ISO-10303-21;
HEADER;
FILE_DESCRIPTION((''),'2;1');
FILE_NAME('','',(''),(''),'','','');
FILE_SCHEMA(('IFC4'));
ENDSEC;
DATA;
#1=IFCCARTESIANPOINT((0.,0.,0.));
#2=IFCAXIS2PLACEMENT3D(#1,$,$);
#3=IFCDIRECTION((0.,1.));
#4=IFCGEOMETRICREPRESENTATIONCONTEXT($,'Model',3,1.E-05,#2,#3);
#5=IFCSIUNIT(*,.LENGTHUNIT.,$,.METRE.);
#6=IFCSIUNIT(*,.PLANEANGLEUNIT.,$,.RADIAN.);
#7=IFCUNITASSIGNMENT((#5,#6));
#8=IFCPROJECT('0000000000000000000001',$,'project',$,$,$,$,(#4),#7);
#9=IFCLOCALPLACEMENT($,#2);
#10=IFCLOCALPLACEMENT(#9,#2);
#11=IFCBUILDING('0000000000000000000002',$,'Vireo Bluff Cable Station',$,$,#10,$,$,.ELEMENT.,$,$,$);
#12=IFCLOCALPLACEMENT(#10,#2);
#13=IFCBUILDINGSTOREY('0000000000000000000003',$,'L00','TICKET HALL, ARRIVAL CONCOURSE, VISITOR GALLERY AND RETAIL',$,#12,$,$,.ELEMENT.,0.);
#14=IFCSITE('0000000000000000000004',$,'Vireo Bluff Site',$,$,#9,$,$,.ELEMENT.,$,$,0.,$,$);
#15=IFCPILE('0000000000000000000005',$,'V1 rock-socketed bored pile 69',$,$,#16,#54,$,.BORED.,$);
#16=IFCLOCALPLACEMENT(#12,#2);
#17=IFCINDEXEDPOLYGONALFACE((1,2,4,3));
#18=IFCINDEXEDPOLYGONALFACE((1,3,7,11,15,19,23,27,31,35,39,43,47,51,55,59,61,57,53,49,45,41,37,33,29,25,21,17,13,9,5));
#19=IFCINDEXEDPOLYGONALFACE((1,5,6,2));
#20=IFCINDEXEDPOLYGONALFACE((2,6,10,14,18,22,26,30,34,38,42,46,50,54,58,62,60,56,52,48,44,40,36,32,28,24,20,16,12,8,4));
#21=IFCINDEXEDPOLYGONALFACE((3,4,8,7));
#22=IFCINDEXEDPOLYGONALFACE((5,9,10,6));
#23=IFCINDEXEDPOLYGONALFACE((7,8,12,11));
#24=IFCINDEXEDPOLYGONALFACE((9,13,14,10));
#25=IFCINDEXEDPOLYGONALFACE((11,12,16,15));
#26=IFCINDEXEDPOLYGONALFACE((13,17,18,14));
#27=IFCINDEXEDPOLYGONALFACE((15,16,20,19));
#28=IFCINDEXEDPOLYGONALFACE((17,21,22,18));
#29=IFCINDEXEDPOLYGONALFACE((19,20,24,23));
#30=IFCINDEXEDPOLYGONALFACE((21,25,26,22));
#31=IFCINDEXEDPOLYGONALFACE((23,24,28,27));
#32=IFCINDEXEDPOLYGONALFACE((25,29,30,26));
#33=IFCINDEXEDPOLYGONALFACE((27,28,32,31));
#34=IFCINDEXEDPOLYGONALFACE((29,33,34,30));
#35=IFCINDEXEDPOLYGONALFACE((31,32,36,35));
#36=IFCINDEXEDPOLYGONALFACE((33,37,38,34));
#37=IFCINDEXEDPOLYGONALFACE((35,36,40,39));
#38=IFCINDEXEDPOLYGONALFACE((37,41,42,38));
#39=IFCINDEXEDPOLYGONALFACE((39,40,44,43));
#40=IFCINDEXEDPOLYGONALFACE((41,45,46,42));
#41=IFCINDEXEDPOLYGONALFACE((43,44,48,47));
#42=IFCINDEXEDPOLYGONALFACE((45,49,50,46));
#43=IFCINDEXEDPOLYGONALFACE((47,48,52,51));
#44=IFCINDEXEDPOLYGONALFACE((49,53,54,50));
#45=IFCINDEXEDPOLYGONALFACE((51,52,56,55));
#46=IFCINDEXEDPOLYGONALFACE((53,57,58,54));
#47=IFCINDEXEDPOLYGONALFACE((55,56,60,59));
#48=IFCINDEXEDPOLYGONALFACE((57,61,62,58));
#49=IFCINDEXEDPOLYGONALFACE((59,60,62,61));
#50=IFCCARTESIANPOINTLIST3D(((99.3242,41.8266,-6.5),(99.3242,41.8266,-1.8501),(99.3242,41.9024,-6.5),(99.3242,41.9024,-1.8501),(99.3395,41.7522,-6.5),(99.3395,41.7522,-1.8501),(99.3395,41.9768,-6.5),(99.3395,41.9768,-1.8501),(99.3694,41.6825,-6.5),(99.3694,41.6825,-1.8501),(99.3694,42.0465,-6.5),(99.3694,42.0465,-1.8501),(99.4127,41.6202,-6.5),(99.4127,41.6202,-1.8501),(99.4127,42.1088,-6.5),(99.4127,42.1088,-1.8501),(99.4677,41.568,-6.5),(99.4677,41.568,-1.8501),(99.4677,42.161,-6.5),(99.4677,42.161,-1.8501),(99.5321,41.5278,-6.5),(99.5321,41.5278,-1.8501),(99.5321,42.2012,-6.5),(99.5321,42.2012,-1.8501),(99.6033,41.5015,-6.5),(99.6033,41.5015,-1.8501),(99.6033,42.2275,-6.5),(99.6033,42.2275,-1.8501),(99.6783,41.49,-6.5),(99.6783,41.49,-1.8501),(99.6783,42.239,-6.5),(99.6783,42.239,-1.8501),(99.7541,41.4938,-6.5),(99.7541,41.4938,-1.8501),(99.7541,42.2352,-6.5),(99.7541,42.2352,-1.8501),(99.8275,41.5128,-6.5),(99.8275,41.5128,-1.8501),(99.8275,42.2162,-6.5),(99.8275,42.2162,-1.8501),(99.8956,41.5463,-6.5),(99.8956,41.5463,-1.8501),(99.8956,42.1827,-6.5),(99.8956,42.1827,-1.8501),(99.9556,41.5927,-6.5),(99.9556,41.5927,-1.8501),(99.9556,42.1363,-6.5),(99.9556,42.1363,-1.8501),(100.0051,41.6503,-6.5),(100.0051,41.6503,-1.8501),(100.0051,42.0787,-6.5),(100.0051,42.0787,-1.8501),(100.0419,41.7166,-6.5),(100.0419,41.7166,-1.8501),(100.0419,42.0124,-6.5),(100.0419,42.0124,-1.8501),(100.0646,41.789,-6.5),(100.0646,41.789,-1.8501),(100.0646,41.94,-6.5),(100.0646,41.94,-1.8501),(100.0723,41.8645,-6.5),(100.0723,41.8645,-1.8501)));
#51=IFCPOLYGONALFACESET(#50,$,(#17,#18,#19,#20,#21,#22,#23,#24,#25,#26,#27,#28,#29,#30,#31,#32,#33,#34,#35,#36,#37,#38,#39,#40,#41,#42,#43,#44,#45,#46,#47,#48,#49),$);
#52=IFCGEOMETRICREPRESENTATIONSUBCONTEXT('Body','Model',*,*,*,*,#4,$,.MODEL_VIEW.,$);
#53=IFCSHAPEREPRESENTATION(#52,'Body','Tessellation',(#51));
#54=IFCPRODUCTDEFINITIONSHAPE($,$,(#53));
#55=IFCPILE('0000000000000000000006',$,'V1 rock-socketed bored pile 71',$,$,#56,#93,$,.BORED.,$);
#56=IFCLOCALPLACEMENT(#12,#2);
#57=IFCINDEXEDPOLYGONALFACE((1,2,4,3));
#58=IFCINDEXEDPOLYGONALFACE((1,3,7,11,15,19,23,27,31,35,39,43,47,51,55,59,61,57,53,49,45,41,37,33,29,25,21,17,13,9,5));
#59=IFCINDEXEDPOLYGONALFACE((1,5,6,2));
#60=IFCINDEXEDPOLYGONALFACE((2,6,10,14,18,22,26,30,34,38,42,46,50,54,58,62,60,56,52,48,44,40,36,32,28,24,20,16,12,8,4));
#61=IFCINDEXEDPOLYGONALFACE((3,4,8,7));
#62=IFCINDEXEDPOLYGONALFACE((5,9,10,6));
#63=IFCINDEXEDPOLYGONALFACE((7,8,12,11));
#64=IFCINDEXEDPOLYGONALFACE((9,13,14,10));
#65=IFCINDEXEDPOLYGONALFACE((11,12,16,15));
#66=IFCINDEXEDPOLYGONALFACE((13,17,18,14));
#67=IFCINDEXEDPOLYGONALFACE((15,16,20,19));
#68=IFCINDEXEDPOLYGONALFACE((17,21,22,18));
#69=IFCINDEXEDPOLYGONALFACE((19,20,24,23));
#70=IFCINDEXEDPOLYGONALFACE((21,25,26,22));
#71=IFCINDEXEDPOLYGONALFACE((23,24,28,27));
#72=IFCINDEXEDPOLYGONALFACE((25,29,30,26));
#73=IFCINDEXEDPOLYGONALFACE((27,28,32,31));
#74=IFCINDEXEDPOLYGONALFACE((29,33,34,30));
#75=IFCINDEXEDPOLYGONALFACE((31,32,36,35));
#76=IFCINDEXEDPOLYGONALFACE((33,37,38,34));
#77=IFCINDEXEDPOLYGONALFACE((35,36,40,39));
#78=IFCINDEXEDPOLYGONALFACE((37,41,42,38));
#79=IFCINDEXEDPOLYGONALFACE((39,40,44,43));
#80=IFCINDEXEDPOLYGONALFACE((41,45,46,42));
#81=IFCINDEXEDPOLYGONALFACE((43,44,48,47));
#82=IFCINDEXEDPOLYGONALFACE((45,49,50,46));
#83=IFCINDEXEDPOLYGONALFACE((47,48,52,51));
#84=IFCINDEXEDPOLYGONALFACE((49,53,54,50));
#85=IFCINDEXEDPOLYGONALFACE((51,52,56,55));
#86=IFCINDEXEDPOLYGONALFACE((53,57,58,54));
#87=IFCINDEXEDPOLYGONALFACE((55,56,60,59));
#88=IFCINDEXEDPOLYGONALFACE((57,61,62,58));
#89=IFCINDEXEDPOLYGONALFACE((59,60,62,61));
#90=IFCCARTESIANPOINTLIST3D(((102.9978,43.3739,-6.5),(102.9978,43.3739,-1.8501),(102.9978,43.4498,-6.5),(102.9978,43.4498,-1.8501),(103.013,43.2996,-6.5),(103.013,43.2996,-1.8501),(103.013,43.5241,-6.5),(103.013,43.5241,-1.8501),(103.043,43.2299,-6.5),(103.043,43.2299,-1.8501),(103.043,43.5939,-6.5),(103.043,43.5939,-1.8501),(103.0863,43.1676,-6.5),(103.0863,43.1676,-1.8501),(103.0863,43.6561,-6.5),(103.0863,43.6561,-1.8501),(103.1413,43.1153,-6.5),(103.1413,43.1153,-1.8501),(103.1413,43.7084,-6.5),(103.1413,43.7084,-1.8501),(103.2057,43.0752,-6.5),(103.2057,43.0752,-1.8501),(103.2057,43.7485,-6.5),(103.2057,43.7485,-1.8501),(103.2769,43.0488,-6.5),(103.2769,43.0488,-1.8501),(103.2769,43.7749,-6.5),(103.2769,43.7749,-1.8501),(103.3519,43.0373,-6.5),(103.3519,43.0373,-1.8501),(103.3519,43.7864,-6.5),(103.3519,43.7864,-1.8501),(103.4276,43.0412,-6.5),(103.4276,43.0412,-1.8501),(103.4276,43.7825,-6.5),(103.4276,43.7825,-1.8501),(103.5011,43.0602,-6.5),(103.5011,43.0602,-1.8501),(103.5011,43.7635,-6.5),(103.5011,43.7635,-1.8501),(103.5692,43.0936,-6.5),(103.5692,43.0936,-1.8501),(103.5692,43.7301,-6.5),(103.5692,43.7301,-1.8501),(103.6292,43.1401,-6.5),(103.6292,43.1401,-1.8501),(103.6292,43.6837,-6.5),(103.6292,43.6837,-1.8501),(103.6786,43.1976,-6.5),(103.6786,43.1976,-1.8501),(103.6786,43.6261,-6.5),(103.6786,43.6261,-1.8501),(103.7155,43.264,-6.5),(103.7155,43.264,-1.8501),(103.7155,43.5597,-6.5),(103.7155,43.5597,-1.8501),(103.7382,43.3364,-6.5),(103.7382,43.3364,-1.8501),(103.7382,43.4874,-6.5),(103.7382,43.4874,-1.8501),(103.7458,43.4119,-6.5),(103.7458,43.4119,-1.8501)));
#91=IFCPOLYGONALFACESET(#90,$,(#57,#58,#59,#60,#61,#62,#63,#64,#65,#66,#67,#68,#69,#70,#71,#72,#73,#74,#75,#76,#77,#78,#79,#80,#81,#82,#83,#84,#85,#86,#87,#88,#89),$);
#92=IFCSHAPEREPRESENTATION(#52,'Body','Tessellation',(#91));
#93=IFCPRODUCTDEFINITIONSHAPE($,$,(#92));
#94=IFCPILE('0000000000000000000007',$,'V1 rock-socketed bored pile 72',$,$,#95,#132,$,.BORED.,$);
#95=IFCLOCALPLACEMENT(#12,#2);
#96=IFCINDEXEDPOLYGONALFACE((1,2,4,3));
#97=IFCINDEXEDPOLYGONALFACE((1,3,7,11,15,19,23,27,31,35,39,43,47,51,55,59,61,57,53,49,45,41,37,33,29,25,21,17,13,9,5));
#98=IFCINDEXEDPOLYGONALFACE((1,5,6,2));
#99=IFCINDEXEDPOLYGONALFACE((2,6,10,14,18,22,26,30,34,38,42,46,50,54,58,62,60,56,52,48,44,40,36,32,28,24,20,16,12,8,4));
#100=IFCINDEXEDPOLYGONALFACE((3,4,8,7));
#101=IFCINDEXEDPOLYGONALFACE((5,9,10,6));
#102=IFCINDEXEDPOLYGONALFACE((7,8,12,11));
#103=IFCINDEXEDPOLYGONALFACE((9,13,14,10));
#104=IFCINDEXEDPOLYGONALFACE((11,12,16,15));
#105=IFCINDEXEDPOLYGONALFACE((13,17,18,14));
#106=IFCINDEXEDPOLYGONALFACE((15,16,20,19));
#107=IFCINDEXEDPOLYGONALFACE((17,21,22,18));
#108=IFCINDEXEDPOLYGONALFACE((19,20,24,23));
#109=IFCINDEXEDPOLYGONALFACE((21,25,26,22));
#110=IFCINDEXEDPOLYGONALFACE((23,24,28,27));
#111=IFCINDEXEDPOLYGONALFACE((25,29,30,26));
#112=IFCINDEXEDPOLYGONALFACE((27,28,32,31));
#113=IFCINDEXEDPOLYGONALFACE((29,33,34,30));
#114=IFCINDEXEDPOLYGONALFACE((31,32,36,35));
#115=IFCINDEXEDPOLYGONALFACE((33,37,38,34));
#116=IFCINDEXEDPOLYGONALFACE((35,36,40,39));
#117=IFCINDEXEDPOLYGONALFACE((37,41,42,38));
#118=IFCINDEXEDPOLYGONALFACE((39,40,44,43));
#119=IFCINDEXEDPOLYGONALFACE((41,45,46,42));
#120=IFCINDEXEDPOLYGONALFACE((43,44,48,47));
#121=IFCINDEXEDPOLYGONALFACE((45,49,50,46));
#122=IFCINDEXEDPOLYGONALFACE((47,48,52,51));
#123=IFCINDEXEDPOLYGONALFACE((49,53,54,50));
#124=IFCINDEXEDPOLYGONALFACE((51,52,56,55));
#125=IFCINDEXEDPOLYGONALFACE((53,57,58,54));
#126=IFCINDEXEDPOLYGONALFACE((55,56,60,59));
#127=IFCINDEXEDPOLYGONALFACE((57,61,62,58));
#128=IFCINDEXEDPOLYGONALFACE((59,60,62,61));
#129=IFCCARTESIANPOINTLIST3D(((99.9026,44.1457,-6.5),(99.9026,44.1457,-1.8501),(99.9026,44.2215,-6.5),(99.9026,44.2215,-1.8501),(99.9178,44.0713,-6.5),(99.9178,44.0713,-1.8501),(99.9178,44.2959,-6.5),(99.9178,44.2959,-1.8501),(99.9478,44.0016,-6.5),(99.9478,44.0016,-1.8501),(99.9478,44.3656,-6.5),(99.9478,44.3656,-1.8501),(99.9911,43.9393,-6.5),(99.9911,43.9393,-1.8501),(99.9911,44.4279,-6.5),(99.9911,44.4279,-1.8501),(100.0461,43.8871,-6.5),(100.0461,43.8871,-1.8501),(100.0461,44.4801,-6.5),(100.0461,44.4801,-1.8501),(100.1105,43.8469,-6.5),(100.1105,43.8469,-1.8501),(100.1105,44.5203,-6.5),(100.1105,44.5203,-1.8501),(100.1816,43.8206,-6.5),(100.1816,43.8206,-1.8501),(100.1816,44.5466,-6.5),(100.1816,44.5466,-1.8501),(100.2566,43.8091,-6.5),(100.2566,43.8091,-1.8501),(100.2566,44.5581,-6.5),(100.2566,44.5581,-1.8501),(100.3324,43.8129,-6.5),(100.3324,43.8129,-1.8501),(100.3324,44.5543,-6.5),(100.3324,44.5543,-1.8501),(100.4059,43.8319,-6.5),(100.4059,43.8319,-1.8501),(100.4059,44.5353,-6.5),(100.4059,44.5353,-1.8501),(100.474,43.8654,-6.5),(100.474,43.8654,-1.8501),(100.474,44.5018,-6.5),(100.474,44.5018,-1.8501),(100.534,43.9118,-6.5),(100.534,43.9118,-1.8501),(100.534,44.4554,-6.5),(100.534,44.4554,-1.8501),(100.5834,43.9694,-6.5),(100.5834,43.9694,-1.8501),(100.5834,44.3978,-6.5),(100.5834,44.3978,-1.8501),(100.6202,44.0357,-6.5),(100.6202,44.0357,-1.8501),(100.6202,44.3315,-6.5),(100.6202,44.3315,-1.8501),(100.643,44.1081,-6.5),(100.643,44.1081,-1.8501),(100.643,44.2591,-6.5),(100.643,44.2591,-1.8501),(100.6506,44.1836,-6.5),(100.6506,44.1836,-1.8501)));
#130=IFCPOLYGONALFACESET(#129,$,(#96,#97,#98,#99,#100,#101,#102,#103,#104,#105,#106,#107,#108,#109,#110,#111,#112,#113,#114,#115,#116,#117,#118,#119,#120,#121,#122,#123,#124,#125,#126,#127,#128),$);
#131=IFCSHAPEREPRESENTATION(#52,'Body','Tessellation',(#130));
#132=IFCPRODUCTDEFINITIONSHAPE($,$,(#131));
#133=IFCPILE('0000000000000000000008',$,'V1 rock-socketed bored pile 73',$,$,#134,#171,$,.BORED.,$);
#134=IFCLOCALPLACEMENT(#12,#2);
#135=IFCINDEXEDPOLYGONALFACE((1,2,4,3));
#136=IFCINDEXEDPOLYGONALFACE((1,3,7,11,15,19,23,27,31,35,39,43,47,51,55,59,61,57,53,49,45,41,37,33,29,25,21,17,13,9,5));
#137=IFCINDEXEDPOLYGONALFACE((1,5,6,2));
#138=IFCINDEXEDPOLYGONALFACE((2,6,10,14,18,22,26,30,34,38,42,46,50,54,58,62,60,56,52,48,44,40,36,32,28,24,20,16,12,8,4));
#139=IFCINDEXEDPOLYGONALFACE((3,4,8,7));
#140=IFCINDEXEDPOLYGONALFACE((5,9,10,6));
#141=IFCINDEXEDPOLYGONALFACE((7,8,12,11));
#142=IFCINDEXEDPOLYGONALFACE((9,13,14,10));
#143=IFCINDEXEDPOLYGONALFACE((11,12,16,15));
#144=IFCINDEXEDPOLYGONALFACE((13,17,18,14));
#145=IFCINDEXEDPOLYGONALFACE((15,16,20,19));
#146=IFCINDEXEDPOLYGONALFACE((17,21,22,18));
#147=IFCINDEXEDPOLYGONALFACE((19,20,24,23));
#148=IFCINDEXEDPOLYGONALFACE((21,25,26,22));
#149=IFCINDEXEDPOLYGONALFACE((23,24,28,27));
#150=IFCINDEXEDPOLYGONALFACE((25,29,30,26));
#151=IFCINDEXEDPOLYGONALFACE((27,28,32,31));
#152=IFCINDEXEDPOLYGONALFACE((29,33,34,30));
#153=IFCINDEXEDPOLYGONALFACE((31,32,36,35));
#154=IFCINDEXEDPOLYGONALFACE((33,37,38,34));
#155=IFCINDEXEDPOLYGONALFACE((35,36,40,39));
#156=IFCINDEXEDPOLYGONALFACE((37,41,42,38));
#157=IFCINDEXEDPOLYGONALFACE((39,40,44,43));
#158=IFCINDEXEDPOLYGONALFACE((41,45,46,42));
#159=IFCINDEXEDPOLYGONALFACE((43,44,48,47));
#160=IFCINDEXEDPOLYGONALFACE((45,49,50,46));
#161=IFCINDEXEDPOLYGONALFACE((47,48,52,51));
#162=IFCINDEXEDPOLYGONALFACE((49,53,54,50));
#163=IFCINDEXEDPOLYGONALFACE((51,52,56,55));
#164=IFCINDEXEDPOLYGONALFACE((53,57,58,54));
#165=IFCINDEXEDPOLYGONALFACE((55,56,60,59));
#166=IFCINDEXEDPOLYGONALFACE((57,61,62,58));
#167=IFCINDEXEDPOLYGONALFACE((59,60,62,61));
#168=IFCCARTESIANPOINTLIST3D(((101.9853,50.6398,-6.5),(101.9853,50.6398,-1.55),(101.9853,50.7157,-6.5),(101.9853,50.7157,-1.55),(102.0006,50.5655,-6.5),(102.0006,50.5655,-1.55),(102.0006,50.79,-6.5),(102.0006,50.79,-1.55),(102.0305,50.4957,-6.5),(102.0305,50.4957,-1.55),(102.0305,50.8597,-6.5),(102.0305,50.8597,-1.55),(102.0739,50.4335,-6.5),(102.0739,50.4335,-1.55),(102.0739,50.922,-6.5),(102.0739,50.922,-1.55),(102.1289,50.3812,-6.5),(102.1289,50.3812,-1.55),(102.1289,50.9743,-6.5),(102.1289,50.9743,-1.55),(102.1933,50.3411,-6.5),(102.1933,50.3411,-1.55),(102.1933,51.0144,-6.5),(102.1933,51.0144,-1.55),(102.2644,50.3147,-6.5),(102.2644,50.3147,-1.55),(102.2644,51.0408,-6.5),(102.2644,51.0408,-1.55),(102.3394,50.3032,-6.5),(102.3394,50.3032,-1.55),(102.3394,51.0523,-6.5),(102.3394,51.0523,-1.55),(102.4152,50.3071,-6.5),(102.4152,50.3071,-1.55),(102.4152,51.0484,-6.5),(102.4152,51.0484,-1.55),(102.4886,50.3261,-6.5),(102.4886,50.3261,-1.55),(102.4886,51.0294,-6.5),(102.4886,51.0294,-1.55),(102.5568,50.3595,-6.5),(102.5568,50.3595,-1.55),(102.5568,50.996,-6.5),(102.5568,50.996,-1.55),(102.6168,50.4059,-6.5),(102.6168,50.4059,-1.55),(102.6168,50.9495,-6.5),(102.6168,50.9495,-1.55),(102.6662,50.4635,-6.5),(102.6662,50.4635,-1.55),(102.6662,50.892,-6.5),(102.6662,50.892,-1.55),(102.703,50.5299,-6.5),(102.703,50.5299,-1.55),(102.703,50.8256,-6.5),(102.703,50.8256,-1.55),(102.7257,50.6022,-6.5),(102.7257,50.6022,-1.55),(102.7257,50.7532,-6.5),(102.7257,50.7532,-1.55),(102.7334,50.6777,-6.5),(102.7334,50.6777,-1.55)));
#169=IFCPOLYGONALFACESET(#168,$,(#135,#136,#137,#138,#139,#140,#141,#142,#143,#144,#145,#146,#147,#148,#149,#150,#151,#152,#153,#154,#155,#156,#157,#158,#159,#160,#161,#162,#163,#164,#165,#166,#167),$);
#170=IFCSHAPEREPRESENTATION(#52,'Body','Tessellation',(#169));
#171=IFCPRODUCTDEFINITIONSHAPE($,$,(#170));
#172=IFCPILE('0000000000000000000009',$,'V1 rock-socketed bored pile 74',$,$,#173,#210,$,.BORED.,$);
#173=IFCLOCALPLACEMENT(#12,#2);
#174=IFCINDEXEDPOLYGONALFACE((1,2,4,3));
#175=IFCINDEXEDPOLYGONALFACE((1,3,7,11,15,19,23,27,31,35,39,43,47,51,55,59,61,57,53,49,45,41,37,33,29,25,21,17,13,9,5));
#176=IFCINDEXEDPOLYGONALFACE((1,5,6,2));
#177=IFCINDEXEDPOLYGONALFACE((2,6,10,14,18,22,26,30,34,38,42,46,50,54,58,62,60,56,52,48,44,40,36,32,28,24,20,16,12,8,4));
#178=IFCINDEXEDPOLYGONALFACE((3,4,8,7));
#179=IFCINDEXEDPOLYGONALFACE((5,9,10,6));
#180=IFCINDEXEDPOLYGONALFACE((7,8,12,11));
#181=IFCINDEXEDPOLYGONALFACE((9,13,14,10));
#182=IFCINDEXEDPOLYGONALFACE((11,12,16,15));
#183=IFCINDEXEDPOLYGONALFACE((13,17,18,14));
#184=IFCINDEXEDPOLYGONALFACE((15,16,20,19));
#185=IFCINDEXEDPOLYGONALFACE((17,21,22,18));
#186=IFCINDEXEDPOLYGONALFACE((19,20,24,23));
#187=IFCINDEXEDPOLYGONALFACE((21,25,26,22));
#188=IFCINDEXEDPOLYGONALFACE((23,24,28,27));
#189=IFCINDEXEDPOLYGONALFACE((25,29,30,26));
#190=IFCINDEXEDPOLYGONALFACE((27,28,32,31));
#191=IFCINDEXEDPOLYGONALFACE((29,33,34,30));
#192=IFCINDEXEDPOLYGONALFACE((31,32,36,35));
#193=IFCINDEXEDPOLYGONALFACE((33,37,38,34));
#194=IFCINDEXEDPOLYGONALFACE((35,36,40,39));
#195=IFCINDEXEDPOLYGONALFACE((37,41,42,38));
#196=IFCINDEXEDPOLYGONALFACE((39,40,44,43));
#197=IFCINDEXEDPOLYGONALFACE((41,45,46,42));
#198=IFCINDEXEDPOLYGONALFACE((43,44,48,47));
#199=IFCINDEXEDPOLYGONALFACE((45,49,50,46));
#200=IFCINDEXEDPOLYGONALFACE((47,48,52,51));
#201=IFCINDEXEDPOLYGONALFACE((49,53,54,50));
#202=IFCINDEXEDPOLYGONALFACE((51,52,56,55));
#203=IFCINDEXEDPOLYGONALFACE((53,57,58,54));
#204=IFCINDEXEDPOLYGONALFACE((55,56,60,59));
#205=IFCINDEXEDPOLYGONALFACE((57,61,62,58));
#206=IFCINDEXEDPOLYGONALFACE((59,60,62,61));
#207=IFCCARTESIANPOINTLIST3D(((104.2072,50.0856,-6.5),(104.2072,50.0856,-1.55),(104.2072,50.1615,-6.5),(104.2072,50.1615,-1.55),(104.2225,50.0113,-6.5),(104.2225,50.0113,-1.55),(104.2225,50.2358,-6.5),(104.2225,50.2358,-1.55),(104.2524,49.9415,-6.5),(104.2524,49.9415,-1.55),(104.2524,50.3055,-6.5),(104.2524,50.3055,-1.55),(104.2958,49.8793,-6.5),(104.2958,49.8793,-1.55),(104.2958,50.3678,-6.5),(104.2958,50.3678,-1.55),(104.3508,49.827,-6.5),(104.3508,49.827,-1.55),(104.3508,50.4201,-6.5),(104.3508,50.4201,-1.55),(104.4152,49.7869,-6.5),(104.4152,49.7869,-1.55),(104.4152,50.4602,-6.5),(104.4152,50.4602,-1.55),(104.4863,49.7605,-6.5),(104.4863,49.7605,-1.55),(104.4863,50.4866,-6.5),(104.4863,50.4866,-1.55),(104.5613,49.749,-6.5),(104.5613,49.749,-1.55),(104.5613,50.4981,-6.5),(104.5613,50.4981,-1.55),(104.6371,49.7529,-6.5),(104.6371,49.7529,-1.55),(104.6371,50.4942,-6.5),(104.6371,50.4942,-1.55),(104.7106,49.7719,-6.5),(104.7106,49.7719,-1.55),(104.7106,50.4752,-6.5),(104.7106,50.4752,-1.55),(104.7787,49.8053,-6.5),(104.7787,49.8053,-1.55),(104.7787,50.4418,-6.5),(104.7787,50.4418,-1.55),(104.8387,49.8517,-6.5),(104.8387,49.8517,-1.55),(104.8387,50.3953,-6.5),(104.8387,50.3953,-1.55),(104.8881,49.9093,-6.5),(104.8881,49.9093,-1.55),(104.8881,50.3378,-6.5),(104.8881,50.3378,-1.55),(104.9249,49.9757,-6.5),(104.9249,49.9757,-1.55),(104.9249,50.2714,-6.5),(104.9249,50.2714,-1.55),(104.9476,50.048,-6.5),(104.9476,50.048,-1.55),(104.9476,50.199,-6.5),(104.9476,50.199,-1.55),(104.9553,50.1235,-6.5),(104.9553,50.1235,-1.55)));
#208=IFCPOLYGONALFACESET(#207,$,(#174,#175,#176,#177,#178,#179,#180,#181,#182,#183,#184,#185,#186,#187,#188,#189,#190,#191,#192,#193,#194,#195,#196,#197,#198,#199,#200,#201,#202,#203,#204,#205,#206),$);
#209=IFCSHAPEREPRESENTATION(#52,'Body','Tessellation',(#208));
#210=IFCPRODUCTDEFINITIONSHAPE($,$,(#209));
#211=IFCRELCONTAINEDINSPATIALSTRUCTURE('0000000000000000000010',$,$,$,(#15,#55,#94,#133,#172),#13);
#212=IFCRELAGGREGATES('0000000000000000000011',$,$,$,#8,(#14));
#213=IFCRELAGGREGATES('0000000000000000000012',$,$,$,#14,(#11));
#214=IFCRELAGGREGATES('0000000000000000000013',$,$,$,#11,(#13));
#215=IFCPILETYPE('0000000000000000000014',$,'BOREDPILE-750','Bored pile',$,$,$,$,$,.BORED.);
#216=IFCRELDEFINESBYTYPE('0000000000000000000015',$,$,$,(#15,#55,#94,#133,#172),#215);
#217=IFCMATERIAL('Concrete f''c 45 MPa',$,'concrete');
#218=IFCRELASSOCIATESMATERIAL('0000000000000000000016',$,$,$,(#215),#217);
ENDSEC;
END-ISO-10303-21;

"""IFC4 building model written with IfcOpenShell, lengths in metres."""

from ifc_helpers import new_model, si_unit, direction, frame, origin, origin_2d, place, context, subcontext, project, spatial, circle, extrude, material, material_profile, profile_set, type_object, element, save


model = new_model("IFC4")

# Units and contexts
model_context = context("Model", 3, precision=1e-05, world=origin(), true_north=direction((0.0, 1.0)))
body_context = subcontext(model_context, "Body", "Model", "MODEL_VIEW")
ifc_project = project(units=[si_unit("LENGTHUNIT", "METRE"), si_unit("PLANEANGLEUNIT", "RADIAN")], contexts=[model_context])

# Site, building, storey
site_placement = place(None, origin())
site = spatial("IfcSite", under=ifc_project, at=site_placement, Name="Vireo Bluff Site", CompositionType="ELEMENT", RefElevation=0.0)
building_placement = place(site_placement, origin())
building = spatial("IfcBuilding", under=site, at=building_placement, Name="Vireo Bluff Cable Station", CompositionType="ELEMENT")
storey_placement = place(building_placement, origin())
storey = spatial("IfcBuildingStorey", under=building, at=storey_placement, Name="L00", Description="TICKET HALL, ARRIVAL CONCOURSE, VISITOR GALLERY AND RETAIL", CompositionType="ELEMENT", Elevation=0.0)

# Piles
ifc_material_1 = material(Name="Concrete f'c 45 MPa", Category="concrete")
ifc_material_profile_1 = material_profile(ifc_material_1, circle(Radius=0.375, at=origin_2d()), Name="BOREDPILE-750")
ifc_profile_set_1 = profile_set([ifc_material_profile_1], Name="Concrete f'c 45 MPa")
pile_type_1 = type_object("IfcPileType", Name="BOREDPILE-750", Description="Bored pile", PredefinedType="BORED", material=ifc_profile_set_1)
for number, where, z_axis, x_axis, name in (
    (1, (99.6973, 41.8645, -1.8501), (0.0, 0.0, -1.0), (1.0, 0.0, 0.0), "V1 rock-socketed bored pile 69"),
    (2, (103.3708, 43.4119, -1.8501), (0.0, 0.0, -1.0), (1.0, 0.0, 0.0), "V1 rock-socketed bored pile 71"),
    (3, (100.2756, 44.1836, -1.8501), (0.0, 0.0, -1.0), (1.0, 0.0, 0.0), "V1 rock-socketed bored pile 72"),
):
    element("IfcPile", number, at=place(storey_placement, frame(where, z_axis=z_axis, x_axis=x_axis)), inside=storey, type_object=pile_type_1, Name=name, PredefinedType="BORED", context=body_context, shape_type="SweptSolid", body=[
        extrude(circle(Radius=0.375, at=origin_2d()), origin(), (0.0, 0.0, 1.0), 4.6499),
    ])
for number, where, z_axis, x_axis, name in (
    (4, (102.3584, 50.6777, -1.55), (0.0, 0.0, -1.0), (1.0, 0.0, 0.0), "V1 rock-socketed bored pile 73"),
    (5, (104.5803, 50.1235, -1.55), (0.0, 0.0, -1.0), (1.0, 0.0, 0.0), "V1 rock-socketed bored pile 74"),
):
    element("IfcPile", number, at=place(storey_placement, frame(where, z_axis=z_axis, x_axis=x_axis)), inside=storey, type_object=pile_type_1, Name=name, PredefinedType="BORED", context=body_context, shape_type="SweptSolid", body=[
        extrude(circle(Radius=0.375, at=origin_2d()), origin(), (0.0, 0.0, 1.0), 4.95),
    ])

save(model, "model.ifc")
